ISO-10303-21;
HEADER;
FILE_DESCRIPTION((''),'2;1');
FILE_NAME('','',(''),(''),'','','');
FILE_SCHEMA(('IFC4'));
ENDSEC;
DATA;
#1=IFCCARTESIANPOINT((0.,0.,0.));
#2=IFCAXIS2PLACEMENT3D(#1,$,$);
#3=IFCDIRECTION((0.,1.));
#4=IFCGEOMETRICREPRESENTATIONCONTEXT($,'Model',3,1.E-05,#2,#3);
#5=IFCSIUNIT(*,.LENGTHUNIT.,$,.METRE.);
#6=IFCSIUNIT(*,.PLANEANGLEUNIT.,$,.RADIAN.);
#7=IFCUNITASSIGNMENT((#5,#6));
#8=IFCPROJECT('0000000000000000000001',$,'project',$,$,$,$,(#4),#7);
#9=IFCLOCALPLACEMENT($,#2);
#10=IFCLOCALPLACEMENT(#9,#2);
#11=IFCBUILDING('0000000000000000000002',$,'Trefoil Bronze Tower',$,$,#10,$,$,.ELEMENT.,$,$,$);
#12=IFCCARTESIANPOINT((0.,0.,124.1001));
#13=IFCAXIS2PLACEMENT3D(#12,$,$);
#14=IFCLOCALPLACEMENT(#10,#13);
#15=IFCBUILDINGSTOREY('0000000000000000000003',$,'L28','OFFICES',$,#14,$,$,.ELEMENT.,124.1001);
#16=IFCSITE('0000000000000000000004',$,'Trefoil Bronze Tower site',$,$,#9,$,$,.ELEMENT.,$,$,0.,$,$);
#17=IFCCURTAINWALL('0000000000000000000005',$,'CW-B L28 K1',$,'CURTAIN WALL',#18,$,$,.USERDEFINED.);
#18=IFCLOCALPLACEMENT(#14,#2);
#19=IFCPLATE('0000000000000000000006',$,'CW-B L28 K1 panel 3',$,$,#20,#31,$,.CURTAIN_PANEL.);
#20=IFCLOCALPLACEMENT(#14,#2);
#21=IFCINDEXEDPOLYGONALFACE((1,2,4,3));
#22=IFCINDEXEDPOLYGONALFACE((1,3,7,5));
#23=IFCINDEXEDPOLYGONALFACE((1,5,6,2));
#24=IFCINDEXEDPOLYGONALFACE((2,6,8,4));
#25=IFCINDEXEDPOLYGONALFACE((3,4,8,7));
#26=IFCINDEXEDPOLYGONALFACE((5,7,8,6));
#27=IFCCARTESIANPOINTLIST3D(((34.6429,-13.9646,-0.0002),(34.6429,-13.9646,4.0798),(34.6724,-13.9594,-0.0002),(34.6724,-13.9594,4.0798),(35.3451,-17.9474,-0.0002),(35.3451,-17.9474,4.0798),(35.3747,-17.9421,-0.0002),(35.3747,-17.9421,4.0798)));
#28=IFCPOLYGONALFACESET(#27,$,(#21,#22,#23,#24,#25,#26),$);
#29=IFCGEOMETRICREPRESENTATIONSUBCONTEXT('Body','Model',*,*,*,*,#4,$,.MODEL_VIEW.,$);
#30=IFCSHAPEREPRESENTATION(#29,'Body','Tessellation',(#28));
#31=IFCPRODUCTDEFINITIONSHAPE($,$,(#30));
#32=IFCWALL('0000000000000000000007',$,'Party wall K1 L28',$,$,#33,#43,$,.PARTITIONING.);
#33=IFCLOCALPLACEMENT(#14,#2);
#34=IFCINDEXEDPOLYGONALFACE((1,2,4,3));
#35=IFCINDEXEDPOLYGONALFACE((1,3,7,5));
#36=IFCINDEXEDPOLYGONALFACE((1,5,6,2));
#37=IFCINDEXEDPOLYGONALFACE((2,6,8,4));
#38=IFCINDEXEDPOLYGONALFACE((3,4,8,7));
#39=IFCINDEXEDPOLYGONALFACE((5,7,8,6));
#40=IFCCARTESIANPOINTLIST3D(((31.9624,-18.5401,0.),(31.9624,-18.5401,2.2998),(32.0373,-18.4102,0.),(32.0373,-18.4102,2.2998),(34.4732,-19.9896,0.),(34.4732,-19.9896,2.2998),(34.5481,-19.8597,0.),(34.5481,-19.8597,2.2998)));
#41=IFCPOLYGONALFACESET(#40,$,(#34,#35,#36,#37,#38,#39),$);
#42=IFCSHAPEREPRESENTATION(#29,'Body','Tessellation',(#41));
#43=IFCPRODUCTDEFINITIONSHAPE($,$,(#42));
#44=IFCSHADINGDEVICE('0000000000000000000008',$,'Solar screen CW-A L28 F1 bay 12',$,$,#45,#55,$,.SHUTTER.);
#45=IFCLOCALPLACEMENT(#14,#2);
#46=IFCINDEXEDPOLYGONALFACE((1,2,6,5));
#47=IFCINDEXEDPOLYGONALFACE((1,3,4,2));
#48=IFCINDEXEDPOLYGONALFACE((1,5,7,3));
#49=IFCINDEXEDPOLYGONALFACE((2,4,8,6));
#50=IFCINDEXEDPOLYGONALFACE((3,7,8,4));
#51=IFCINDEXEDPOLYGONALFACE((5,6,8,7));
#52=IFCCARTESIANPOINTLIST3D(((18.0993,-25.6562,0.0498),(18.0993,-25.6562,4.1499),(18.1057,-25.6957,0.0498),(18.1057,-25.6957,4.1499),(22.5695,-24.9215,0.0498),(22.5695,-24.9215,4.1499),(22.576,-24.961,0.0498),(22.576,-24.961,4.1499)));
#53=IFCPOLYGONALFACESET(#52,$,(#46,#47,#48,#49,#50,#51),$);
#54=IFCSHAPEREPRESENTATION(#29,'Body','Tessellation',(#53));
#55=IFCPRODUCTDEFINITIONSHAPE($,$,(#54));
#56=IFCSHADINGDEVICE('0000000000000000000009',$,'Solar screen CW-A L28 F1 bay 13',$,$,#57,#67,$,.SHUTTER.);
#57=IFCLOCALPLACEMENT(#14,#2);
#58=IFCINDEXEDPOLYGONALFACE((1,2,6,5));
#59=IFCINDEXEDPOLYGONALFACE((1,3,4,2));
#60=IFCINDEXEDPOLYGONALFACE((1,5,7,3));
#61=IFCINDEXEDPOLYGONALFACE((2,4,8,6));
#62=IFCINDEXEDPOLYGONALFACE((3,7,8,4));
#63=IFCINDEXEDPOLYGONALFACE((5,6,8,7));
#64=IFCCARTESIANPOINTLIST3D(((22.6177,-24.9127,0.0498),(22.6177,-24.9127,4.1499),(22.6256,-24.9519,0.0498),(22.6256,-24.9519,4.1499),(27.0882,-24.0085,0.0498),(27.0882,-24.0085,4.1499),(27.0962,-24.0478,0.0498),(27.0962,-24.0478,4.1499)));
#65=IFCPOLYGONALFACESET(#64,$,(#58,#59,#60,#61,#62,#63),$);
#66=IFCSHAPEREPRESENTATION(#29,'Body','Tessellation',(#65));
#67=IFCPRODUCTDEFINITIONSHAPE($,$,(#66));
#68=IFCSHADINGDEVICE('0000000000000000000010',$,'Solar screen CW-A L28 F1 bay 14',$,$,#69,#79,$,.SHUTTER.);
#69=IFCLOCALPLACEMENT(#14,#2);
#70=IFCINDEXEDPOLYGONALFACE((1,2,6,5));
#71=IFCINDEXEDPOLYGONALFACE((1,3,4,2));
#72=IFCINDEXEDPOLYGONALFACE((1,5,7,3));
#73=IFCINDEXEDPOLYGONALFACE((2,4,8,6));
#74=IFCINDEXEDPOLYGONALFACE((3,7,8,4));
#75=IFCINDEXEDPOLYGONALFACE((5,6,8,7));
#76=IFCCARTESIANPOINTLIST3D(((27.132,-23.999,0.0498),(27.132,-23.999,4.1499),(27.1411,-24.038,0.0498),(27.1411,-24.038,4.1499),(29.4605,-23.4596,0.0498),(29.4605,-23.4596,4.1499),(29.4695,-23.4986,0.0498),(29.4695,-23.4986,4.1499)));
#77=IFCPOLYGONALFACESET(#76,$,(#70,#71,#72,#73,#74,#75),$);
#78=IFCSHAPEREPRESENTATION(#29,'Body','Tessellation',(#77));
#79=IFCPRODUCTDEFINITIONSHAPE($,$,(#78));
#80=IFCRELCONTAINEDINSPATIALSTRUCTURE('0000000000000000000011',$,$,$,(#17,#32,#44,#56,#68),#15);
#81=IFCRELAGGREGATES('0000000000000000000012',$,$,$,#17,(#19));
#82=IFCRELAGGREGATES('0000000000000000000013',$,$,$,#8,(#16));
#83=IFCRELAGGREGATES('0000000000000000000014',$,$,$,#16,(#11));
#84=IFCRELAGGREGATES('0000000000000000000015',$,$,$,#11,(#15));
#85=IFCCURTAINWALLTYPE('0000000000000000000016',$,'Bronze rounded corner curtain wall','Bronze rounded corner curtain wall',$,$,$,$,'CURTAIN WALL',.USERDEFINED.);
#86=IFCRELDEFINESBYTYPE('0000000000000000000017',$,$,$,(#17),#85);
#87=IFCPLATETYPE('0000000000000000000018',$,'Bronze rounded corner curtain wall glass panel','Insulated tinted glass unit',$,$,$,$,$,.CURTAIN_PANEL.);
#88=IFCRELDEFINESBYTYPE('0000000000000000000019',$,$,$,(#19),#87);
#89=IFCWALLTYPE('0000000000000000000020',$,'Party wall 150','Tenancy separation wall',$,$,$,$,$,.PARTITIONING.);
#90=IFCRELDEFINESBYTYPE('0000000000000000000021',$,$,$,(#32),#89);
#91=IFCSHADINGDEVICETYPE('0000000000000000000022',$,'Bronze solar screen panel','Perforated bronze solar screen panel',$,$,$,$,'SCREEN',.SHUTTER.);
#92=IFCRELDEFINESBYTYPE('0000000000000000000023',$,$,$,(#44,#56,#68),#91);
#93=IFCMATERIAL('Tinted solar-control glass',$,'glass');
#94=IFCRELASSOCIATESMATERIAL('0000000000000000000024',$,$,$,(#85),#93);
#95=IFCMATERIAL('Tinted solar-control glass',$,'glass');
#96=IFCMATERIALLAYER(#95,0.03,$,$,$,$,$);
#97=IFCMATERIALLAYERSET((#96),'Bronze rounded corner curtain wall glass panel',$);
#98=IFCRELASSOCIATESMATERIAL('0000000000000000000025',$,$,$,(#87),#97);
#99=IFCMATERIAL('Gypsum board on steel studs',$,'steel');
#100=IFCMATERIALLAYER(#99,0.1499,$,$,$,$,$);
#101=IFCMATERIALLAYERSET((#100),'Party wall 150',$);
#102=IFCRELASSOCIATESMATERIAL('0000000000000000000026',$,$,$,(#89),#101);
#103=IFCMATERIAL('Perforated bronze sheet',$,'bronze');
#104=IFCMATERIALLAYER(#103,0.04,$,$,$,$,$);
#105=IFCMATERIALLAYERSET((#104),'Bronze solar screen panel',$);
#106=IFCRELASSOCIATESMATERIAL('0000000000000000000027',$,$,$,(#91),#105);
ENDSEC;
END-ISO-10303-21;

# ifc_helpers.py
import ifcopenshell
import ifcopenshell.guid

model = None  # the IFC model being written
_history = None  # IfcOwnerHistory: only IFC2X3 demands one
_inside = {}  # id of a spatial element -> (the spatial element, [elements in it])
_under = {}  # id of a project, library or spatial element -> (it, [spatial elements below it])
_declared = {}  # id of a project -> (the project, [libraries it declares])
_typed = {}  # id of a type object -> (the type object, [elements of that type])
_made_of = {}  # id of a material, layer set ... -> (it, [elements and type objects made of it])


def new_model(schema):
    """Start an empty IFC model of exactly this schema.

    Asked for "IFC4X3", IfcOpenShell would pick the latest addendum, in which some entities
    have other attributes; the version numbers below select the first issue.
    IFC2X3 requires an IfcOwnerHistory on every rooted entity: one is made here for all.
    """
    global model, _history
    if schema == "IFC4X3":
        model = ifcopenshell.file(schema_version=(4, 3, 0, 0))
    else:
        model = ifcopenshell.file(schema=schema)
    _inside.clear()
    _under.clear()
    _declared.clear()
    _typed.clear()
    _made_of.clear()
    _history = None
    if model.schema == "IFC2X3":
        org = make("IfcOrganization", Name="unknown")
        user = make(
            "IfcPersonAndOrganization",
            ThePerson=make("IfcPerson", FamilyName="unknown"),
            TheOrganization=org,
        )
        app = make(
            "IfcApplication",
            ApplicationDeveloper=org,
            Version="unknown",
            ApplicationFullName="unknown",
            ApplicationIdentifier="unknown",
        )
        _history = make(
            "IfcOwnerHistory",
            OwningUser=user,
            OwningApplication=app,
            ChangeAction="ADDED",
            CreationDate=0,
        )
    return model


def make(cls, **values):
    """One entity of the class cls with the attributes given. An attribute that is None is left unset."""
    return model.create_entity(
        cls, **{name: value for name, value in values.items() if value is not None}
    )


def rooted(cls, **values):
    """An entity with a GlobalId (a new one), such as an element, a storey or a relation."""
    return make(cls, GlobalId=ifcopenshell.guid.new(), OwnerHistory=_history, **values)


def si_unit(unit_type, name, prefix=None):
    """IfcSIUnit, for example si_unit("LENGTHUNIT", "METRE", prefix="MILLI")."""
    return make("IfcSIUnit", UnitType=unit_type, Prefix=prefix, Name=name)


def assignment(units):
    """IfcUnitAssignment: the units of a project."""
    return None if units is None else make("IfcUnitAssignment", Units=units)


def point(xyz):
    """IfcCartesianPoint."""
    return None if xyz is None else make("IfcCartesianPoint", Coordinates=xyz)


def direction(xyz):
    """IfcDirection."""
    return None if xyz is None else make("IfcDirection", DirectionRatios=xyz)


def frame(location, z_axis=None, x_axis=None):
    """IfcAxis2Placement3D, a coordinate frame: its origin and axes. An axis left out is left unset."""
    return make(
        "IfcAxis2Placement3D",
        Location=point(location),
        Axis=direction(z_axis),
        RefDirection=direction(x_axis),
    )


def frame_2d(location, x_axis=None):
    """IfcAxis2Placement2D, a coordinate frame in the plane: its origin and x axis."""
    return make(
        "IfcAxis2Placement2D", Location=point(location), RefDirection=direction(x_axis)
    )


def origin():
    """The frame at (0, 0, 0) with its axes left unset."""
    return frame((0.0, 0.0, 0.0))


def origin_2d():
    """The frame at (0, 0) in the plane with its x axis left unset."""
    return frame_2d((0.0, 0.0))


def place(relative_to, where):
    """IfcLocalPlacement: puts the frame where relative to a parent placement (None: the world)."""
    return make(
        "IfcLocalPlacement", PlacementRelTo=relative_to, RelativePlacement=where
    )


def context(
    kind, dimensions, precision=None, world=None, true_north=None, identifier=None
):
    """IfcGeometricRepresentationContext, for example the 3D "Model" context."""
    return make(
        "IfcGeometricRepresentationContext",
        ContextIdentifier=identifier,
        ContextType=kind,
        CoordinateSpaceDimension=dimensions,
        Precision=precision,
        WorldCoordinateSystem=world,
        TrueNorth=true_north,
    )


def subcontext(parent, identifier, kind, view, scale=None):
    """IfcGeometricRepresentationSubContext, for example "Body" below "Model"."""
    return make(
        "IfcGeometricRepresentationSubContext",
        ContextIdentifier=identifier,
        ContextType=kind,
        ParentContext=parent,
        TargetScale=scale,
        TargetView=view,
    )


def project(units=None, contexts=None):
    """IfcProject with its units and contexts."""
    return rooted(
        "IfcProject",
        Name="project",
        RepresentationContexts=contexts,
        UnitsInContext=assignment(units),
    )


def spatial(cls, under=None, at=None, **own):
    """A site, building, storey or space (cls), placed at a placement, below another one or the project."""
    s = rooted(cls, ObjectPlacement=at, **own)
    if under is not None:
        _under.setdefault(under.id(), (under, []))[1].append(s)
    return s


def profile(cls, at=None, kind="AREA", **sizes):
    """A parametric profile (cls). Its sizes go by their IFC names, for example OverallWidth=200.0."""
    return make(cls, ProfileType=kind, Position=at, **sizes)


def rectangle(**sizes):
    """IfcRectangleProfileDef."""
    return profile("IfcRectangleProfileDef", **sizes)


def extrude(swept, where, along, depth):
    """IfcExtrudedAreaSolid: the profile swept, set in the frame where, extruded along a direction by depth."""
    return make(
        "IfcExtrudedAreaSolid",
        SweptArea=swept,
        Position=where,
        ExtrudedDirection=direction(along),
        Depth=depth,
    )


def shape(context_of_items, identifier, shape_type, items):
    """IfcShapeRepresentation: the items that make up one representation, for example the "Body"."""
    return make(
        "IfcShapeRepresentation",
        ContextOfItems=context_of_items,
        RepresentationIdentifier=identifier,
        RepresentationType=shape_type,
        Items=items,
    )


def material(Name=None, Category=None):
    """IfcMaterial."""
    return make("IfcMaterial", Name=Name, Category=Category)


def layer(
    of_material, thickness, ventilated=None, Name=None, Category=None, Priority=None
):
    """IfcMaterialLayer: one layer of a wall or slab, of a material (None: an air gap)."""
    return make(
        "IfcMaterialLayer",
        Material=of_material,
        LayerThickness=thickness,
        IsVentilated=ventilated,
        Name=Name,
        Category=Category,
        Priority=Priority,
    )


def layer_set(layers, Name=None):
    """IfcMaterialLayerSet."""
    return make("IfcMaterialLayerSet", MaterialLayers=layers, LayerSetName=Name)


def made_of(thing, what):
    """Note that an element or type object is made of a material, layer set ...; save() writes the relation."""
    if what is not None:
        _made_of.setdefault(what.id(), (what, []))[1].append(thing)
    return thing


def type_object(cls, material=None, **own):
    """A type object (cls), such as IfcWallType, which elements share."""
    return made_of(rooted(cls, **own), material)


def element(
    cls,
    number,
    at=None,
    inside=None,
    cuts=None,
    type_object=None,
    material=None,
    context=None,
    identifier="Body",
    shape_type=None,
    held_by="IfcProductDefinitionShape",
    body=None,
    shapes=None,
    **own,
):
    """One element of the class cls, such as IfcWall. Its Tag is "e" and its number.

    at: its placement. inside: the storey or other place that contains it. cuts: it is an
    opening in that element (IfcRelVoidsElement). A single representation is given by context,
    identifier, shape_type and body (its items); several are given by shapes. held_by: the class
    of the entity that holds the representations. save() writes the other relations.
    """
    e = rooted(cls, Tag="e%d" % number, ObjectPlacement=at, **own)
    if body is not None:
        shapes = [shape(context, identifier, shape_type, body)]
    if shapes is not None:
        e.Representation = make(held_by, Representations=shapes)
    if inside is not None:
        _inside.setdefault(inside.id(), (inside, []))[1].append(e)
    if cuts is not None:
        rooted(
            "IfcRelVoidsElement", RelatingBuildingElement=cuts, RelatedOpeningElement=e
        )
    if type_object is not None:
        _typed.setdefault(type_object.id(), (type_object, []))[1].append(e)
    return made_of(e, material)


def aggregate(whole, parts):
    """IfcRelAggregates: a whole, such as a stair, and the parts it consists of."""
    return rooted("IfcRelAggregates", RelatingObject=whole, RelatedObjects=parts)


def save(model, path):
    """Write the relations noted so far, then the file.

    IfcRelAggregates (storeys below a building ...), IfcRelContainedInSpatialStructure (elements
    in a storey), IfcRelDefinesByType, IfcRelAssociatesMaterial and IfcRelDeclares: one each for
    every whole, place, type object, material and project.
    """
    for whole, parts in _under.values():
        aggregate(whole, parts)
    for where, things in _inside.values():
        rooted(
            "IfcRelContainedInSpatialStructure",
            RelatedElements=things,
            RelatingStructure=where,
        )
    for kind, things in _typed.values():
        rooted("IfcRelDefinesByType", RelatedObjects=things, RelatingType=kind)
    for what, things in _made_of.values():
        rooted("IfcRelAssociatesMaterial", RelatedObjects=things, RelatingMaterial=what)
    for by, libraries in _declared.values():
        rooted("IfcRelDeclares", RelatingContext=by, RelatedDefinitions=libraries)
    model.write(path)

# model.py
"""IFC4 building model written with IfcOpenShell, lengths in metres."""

from ifc_helpers import new_model, si_unit, direction, frame, frame_2d, origin, origin_2d, place, context, subcontext, project, spatial, rectangle, extrude, material, layer, layer_set, type_object, element, aggregate, save


model = new_model("IFC4")

# Units and contexts
model_context = context("Model", 3, precision=1e-05, world=origin(), true_north=direction((0.0, 1.0)))
body_context = subcontext(model_context, "Body", "Model", "MODEL_VIEW")
ifc_project = project(units=[si_unit("LENGTHUNIT", "METRE"), si_unit("PLANEANGLEUNIT", "RADIAN")], contexts=[model_context])

# Site, building, storey
site_placement = place(None, origin())
site = spatial("IfcSite", under=ifc_project, at=site_placement, Name="Trefoil Bronze Tower site", CompositionType="ELEMENT", RefElevation=0.0)
building_placement = place(site_placement, origin())
building = spatial("IfcBuilding", under=site, at=building_placement, Name="Trefoil Bronze Tower", CompositionType="ELEMENT")
storey_placement = place(building_placement, frame((0.0, 0.0, 124.1001)))
storey = spatial("IfcBuildingStorey", under=building, at=storey_placement, Name="L28", Description="OFFICES", CompositionType="ELEMENT", Elevation=124.1001)

# Curtain wall
ifc_material_1 = material(Name="Tinted solar-control glass", Category="glass")
curtain_wall_type_1 = type_object("IfcCurtainWallType", Name="Bronze rounded corner curtain wall", Description="Bronze rounded corner curtain wall", ElementType="CURTAIN WALL", PredefinedType="USERDEFINED", material=ifc_material_1)
curtain_wall_1_placement = place(storey_placement, origin())
curtain_wall_1 = element("IfcCurtainWall", 1, at=curtain_wall_1_placement, inside=storey, type_object=curtain_wall_type_1, Name="CW-B L28 K1", ObjectType="CURTAIN WALL", PredefinedType="USERDEFINED")

# Plate
ifc_material_2 = material(Name="Tinted solar-control glass", Category="glass")
ifc_layer_1 = layer(ifc_material_2, 0.03)
ifc_layer_set_1 = layer_set([ifc_layer_1], Name="Bronze rounded corner curtain wall glass panel")
plate_type_1 = type_object("IfcPlateType", Name="Bronze rounded corner curtain wall glass panel", Description="Insulated tinted glass unit", PredefinedType="CURTAIN_PANEL", material=ifc_layer_set_1)
plate_1_placement = place(storey_placement, frame((35.0088, -15.9534, -0.0002), z_axis=(0.0, 0.0, 1.0), x_axis=(-0.173648, 0.984808, 0.0)))
plate_1 = element("IfcPlate", 2, at=plate_1_placement, type_object=plate_type_1, Name="CW-B L28 K1 panel 3", PredefinedType="CURTAIN_PANEL", context=body_context, shape_type="SweptSolid", body=[
    extrude(rectangle(XDim=4.0442, YDim=0.03, at=origin_2d()), origin(), (0.0, 0.0, 1.0), 4.0801),
])
aggregate(curtain_wall_1, [plate_1])

# Wall
ifc_material_3 = material(Name="Gypsum board on steel studs", Category="steel")
ifc_layer_2 = layer(ifc_material_3, 0.1499)
ifc_layer_set_2 = layer_set([ifc_layer_2], Name="Party wall 150")
wall_type = type_object("IfcWallType", Name="Party wall 150", Description="Tenancy separation wall", PredefinedType="PARTITIONING", material=ifc_layer_set_2)
wall_placement = place(storey_placement, frame((31.9998, -18.4751, 0.0), z_axis=(0.0, 0.0, 1.0), x_axis=(0.866043, -0.49997, 0.0)))
element("IfcWall", 3, at=wall_placement, inside=storey, type_object=wall_type, Name="Party wall K1 L28", PredefinedType="PARTITIONING", context=body_context, shape_type="SweptSolid", body=[
    extrude(rectangle(XDim=2.8992, YDim=0.1499, at=frame_2d((1.4497, 0.0))), origin(), (0.0, 0.0, 1.0), 2.2998),
])

# Shading devices
ifc_material_4 = material(Name="Perforated bronze sheet", Category="bronze")
ifc_layer_3 = layer(ifc_material_4, 0.04)
ifc_layer_set_3 = layer_set([ifc_layer_3], Name="Bronze solar screen panel")
shading_device_type = type_object("IfcShadingDeviceType", Name="Bronze solar screen panel", Description="Perforated bronze solar screen panel", ElementType="SCREEN", PredefinedType="SHUTTER", material=ifc_layer_set_3)
shading_device_1_placement = place(storey_placement, frame((20.3376, -25.3086, 0.0498), z_axis=(0.0, 0.0, 1.0), x_axis=(0.98676, 0.162189, 0.0)))
element("IfcShadingDevice", 4, at=shading_device_1_placement, inside=storey, type_object=shading_device_type, Name="Solar screen CW-A L28 F1 bay 12", PredefinedType="SHUTTER", context=body_context, shape_type="SweptSolid", body=[
    extrude(rectangle(XDim=4.5303, YDim=0.04, at=origin_2d()), origin(), (0.0, 0.0, 1.0), 4.1001),
])
shading_device_2_placement = place(storey_placement, frame((24.8569, -24.4802, 0.0498), z_axis=(0.0, 0.0, 1.0), x_axis=(0.980155, 0.198232, 0.0)))
element("IfcShadingDevice", 5, at=shading_device_2_placement, inside=storey, type_object=shading_device_type, Name="Solar screen CW-A L28 F1 bay 13", PredefinedType="SHUTTER", context=body_context, shape_type="SweptSolid", body=[
    extrude(rectangle(XDim=4.561, YDim=0.04, at=origin_2d()), origin(), (0.0, 0.0, 1.0), 4.1001),
])
shading_device_3_placement = place(storey_placement, frame((28.3008, -23.7488, 0.0498), z_axis=(0.0, 0.0, 1.0), x_axis=(0.974204, 0.225667, 0.0)))
element("IfcShadingDevice", 6, at=shading_device_3_placement, inside=storey, type_object=shading_device_type, Name="Solar screen CW-A L28 F1 bay 14", PredefinedType="SHUTTER", context=body_context, shape_type="SweptSolid", body=[
    extrude(rectangle(XDim=2.3901, YDim=0.04, at=origin_2d()), origin(), (0.0, 0.0, 1.0), 4.1001),
])

save(model, "model.ifc")
